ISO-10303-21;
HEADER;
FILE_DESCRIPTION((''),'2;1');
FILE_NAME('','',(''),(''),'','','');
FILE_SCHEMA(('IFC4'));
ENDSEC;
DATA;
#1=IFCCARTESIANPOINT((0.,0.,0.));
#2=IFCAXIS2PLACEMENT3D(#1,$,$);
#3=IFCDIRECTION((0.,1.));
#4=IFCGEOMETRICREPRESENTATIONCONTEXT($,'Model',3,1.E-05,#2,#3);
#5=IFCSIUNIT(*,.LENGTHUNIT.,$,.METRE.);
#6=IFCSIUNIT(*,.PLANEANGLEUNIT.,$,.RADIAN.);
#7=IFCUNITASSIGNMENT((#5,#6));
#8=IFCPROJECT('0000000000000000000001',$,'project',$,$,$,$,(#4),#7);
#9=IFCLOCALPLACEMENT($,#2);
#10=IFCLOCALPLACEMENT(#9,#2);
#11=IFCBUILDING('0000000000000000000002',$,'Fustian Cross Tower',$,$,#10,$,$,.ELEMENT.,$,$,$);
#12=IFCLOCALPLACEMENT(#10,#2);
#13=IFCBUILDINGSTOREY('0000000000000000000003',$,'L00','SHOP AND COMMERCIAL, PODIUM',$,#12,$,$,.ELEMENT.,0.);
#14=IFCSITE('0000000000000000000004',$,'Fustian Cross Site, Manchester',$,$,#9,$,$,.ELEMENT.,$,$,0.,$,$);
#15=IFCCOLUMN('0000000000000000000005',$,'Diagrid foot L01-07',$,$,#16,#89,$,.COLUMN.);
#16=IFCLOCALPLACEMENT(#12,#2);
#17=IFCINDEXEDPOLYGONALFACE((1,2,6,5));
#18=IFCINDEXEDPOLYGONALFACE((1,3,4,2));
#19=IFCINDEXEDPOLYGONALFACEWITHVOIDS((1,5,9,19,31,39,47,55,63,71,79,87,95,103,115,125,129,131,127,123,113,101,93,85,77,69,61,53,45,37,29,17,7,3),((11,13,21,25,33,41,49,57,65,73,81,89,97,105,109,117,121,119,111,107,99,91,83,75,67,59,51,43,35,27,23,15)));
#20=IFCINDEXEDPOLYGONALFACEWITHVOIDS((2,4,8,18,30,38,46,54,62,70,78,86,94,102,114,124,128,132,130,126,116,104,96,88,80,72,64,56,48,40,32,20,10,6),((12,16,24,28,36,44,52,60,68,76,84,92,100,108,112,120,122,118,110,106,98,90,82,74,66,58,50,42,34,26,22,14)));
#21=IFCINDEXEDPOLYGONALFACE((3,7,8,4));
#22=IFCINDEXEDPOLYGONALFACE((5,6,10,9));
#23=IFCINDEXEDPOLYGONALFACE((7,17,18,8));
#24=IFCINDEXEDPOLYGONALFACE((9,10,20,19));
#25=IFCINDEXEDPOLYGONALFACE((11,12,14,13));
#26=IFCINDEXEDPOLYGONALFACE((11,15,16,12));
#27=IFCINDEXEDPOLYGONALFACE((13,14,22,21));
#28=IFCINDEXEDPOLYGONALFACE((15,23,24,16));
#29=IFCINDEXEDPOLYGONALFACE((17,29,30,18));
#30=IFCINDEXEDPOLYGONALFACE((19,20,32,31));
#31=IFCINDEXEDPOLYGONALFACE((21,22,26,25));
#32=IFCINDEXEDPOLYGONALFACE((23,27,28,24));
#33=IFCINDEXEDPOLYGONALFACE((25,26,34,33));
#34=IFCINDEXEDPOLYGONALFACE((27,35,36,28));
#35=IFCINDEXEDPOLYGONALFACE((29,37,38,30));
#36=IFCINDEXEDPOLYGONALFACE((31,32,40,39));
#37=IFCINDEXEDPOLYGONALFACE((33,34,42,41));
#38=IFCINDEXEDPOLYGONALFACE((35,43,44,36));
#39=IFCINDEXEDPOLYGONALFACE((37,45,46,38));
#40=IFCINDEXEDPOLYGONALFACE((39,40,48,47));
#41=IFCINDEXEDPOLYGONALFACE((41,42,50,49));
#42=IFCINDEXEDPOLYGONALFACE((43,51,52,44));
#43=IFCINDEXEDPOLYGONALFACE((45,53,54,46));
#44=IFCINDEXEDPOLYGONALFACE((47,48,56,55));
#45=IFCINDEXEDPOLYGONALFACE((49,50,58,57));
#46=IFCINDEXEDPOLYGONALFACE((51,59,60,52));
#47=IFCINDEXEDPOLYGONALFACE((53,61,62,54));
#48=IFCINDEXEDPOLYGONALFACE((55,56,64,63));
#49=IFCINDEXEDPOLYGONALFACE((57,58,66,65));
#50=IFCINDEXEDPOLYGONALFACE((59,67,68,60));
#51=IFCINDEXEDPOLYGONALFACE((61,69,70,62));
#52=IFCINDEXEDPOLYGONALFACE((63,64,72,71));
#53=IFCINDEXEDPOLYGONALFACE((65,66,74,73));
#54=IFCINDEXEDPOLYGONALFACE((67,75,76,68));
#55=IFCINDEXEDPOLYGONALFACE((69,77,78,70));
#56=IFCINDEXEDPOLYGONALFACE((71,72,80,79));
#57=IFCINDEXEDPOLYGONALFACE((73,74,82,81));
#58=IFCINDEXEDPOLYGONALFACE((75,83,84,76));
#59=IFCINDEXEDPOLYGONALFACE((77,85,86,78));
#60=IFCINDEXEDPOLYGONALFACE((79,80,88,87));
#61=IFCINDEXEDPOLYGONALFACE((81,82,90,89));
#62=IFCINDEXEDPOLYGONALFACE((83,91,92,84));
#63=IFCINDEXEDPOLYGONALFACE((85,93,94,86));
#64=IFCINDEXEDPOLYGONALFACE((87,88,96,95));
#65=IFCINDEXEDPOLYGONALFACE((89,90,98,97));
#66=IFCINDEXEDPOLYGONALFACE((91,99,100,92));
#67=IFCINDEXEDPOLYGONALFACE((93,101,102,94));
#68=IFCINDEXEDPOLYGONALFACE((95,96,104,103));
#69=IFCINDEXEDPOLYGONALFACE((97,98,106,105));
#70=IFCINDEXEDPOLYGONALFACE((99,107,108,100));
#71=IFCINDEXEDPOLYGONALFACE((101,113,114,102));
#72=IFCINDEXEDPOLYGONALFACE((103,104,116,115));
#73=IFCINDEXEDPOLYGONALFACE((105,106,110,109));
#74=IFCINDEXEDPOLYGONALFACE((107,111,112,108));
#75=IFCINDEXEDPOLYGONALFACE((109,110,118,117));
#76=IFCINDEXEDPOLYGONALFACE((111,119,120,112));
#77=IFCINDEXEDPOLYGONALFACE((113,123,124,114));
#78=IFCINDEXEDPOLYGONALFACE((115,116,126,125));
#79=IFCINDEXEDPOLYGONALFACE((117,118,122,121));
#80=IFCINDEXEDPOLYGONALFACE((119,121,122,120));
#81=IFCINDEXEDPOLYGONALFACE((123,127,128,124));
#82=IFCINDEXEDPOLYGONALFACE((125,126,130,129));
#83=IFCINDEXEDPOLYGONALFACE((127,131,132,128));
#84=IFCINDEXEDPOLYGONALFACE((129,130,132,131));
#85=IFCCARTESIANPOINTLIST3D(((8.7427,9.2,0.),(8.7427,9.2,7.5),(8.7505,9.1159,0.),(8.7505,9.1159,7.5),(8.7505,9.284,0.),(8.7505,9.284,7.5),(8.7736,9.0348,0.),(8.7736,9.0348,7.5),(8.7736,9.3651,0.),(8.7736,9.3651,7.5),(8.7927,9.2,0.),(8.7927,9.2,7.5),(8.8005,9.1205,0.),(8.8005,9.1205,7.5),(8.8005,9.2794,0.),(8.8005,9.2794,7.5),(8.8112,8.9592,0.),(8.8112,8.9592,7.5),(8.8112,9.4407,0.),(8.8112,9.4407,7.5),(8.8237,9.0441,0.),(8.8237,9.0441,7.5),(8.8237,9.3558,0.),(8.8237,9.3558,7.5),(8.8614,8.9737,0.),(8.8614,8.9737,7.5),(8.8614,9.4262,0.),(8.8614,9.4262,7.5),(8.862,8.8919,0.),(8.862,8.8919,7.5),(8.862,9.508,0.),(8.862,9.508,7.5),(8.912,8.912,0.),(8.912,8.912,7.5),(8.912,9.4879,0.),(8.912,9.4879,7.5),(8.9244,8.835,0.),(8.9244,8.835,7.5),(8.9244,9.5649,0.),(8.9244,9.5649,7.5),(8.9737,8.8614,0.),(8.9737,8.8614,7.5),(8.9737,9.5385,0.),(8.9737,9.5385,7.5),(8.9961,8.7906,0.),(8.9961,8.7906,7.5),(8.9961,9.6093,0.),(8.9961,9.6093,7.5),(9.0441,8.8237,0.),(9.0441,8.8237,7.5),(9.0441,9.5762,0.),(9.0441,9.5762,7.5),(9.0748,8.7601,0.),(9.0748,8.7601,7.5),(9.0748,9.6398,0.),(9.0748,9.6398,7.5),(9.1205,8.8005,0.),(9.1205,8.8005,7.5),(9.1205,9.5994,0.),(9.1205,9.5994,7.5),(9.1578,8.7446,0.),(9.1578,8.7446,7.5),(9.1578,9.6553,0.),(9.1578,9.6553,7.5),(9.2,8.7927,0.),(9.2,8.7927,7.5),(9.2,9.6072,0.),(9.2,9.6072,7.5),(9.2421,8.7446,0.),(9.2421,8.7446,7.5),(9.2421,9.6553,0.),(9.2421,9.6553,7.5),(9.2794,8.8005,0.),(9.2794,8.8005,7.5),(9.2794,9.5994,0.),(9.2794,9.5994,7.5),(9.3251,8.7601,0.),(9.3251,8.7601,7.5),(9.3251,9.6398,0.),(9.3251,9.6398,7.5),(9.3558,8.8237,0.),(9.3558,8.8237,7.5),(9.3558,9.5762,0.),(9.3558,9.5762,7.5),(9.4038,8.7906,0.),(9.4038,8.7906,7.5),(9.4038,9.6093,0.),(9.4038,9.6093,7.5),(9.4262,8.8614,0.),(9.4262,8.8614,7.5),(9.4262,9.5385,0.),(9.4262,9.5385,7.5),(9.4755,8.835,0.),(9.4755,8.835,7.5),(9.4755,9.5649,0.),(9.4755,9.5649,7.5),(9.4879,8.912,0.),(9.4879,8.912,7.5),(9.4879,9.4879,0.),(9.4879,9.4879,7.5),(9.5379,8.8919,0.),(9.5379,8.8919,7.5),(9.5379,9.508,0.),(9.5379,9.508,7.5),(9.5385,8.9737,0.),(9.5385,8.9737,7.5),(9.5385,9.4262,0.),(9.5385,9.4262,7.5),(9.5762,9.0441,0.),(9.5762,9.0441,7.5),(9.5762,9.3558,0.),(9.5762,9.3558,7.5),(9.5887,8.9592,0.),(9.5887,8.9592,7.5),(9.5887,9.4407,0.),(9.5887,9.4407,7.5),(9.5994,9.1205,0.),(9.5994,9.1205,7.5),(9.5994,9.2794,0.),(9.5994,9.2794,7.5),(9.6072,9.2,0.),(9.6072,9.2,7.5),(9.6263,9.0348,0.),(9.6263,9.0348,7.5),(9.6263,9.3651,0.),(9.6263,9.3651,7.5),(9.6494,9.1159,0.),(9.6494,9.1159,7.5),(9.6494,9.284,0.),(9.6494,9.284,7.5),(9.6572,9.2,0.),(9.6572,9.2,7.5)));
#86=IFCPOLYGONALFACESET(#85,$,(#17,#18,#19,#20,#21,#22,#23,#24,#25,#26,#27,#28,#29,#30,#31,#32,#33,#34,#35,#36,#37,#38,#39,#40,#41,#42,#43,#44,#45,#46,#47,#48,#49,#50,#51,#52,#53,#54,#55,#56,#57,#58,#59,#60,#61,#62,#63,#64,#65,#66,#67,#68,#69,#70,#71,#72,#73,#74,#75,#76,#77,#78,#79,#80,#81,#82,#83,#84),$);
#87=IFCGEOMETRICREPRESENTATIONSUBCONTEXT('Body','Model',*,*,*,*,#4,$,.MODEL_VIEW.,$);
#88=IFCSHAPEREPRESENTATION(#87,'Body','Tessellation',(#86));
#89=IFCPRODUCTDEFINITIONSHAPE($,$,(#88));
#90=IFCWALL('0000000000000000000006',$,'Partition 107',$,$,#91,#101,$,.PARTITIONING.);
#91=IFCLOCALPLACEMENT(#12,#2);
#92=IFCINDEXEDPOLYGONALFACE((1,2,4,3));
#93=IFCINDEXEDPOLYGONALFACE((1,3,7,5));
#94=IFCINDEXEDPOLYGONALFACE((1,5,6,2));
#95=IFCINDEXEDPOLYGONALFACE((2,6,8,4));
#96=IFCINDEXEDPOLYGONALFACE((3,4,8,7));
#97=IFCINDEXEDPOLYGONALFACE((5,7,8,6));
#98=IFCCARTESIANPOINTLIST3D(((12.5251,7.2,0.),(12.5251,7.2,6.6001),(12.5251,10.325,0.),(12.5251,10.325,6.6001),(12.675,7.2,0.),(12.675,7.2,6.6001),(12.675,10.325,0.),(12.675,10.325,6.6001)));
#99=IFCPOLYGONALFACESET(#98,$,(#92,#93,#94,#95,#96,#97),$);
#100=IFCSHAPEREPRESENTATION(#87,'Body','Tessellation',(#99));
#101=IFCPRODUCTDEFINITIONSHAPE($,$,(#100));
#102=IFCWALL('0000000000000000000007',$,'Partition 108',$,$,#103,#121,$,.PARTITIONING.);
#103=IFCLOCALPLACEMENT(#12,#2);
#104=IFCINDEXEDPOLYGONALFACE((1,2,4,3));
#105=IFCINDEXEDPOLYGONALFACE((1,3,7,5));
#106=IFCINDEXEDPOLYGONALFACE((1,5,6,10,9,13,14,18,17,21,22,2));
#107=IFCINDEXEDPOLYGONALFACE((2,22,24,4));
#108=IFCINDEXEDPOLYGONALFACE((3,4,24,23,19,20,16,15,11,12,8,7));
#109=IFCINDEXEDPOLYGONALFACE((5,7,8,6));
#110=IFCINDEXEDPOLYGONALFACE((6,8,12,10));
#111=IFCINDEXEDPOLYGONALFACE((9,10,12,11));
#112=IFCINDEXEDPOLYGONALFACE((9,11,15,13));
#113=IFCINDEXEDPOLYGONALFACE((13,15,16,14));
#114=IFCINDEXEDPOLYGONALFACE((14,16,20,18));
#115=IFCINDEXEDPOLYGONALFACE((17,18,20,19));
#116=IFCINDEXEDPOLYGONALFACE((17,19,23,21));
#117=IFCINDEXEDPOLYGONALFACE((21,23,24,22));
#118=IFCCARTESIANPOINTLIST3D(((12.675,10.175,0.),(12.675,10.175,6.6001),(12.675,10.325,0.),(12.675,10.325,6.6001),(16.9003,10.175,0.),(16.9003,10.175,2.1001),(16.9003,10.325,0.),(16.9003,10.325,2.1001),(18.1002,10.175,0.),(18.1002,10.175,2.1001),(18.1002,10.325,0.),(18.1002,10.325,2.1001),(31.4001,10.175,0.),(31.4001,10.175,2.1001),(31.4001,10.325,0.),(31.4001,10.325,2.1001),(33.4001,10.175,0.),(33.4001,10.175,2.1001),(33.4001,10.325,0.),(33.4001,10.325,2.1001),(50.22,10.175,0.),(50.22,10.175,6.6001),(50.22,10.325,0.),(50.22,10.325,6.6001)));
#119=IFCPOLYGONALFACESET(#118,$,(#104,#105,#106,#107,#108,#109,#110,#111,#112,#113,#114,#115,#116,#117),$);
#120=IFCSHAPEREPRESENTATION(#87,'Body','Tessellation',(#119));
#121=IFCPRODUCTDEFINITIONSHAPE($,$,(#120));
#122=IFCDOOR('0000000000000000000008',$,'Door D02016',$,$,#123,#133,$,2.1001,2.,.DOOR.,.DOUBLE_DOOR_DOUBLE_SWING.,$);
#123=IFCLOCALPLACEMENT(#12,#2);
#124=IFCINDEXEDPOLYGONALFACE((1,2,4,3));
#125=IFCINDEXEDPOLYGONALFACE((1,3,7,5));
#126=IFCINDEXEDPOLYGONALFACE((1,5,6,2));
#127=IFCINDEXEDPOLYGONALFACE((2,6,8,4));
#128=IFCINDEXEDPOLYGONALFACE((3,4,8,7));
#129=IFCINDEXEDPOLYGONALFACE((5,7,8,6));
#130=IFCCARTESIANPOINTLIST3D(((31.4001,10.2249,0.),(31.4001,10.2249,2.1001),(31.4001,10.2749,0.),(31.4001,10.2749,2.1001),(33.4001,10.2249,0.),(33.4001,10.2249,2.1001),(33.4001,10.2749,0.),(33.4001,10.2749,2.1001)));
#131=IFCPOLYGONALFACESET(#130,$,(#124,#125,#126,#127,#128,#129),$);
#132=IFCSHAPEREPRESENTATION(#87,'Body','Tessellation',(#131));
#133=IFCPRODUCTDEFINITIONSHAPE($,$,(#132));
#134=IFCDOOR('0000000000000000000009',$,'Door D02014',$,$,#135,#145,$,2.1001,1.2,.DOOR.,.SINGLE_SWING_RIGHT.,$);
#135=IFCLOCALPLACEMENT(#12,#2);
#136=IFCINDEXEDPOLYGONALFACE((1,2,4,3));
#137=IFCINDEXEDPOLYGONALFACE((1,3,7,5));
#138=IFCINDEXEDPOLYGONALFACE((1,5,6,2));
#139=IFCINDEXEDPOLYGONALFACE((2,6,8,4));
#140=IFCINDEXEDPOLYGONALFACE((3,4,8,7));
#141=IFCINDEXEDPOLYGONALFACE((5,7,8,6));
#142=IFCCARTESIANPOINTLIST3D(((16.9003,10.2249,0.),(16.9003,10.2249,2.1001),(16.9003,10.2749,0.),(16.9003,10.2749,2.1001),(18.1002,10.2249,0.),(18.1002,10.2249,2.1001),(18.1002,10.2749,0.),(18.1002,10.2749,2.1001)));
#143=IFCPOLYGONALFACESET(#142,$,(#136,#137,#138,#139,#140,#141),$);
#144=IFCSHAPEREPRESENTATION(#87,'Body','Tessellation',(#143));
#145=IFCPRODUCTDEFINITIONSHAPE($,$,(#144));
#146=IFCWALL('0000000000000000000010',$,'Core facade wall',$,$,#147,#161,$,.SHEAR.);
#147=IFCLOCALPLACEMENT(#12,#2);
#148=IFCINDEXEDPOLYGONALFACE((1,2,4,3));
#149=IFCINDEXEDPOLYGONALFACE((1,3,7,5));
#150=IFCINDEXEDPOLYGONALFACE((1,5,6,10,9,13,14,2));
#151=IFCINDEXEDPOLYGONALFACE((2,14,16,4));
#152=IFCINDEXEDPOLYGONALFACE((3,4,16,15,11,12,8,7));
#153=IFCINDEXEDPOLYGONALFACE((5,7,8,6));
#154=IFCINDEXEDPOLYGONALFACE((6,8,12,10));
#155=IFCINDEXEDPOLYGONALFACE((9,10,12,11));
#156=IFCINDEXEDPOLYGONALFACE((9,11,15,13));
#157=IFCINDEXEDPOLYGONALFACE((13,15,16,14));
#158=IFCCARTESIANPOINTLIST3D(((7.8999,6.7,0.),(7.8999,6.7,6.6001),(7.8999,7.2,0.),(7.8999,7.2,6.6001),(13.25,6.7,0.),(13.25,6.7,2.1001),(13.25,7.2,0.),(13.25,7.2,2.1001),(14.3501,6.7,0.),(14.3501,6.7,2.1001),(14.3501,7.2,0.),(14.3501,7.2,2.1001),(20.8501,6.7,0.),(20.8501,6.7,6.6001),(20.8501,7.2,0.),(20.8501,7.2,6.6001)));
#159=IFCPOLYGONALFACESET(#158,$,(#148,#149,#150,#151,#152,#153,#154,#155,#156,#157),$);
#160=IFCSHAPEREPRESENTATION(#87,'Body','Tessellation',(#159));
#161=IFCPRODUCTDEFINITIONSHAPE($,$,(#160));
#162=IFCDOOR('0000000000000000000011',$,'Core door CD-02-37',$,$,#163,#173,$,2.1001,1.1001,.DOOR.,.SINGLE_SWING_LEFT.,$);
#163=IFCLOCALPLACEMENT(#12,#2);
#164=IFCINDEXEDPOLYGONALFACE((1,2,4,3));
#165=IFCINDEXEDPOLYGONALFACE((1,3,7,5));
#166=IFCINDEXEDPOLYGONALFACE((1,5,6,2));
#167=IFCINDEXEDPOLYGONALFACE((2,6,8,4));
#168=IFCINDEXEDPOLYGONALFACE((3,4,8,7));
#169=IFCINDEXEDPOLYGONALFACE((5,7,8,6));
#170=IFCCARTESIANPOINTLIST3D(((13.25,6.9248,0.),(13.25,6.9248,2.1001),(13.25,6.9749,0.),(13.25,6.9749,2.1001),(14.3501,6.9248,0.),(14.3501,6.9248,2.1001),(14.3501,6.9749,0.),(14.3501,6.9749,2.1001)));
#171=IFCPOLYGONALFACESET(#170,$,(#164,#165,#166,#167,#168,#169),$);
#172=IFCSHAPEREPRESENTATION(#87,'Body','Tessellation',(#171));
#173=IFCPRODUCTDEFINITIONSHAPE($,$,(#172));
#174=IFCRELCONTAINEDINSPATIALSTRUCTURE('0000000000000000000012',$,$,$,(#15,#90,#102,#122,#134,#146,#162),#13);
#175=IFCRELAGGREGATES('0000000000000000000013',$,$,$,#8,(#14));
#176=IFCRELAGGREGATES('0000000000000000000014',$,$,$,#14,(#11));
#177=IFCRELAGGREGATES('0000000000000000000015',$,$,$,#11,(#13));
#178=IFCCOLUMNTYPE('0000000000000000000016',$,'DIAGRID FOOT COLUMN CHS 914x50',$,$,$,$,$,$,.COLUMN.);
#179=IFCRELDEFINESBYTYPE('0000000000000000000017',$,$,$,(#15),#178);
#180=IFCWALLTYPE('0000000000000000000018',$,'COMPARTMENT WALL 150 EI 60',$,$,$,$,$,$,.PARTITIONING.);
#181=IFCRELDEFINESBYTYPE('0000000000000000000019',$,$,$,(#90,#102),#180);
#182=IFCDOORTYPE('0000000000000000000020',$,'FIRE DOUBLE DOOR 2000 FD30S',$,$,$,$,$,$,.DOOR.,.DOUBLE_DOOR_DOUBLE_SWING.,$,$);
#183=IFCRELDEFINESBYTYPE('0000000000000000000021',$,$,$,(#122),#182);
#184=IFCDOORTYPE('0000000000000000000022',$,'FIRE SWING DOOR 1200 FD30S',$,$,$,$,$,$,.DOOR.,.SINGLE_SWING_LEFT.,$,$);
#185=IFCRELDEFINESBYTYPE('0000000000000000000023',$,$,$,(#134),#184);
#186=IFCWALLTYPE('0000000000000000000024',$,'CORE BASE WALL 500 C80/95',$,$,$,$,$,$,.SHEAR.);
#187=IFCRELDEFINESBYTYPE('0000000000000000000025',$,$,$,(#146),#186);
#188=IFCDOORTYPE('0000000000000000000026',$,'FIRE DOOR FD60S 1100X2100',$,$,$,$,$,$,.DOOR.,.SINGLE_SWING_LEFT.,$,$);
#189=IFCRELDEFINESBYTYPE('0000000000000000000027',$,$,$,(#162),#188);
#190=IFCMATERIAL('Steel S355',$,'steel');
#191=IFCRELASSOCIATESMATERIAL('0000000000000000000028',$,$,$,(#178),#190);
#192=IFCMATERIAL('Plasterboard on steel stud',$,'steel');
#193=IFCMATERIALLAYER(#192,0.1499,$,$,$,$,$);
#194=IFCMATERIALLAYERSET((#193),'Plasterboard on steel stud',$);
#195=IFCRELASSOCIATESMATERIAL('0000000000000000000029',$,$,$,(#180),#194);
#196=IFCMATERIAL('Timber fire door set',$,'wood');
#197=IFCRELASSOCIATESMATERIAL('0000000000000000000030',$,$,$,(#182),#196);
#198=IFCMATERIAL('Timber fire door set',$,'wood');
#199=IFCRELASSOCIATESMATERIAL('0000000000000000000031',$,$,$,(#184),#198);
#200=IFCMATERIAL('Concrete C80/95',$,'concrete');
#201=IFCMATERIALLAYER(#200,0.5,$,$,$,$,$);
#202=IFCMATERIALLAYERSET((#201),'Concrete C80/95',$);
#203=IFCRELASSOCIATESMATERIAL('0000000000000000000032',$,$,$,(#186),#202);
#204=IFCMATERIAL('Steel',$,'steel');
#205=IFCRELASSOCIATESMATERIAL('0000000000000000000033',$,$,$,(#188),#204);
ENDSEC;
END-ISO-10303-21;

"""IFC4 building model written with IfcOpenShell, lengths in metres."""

from ifc_helpers import new_model, si_unit, direction, frame, frame_2d, origin, origin_2d, place, context, subcontext, project, spatial, rectangle, hollow_circle, extrude, material, layer, layer_set, material_profile, profile_set, type_object, element, fill, save


model = new_model("IFC4")

# Units and contexts
model_context = context("Model", 3, precision=1e-05, world=origin(), true_north=direction((0.0, 1.0)))
body_context = subcontext(model_context, "Body", "Model", "MODEL_VIEW")
ifc_project = project(units=[si_unit("LENGTHUNIT", "METRE"), si_unit("PLANEANGLEUNIT", "RADIAN")], contexts=[model_context])

# Site, building, storey
site_placement = place(None, origin())
site = spatial("IfcSite", under=ifc_project, at=site_placement, Name="Fustian Cross Site, Manchester", CompositionType="ELEMENT", RefElevation=0.0)
building_placement = place(site_placement, origin())
building = spatial("IfcBuilding", under=site, at=building_placement, Name="Fustian Cross Tower", CompositionType="ELEMENT")
storey_placement = place(building_placement, origin())
storey = spatial("IfcBuildingStorey", under=building, at=storey_placement, Name="L00", Description="SHOP AND COMMERCIAL, PODIUM", CompositionType="ELEMENT", Elevation=0.0)

# Column
ifc_material_1 = material(Name="Steel S355", Category="steel")
ifc_material_profile = material_profile(ifc_material_1, hollow_circle(Radius=0.4573, WallThickness=0.05, at=origin_2d()), Name="CHS 914x50")
ifc_profile_set = profile_set([ifc_material_profile], Name="Steel S355")
column_type = type_object("IfcColumnType", Name="DIAGRID FOOT COLUMN CHS 914x50", PredefinedType="COLUMN", material=ifc_profile_set)
column_placement = place(storey_placement, frame((9.2, 9.2, 0.0), z_axis=(0.0, 0.0, 1.0), x_axis=(1.0, 0.0, 0.0)))
element("IfcColumn", 1, at=column_placement, inside=storey, type_object=column_type, Name="Diagrid foot L01-07", PredefinedType="COLUMN", context=body_context, shape_type="SweptSolid", body=[
    extrude(hollow_circle(Radius=0.4573, WallThickness=0.05, at=origin_2d()), origin(), (0.0, 0.0, 1.0), 7.5),
])

# Wall
ifc_material_2 = material(Name="Plasterboard on steel stud", Category="steel")
ifc_layer_1 = layer(ifc_material_2, 0.1499)
ifc_layer_set_1 = layer_set([ifc_layer_1], Name="Plasterboard on steel stud")
wall_type_1 = type_object("IfcWallType", Name="COMPARTMENT WALL 150 EI 60", PredefinedType="PARTITIONING", material=ifc_layer_set_1)
wall_1_placement = place(storey_placement, frame((12.6001, 7.2, 0.0), z_axis=(0.0, 0.0, 1.0), x_axis=(0.0, 1.0, 0.0)))
element("IfcWall", 2, at=wall_1_placement, inside=storey, type_object=wall_type_1, Name="Partition 107", PredefinedType="PARTITIONING", context=body_context, shape_type="SweptSolid", body=[
    extrude(rectangle(XDim=3.125, YDim=0.1499, at=frame_2d((1.5625, 0.0))), origin(), (0.0, 0.0, 1.0), 6.6001),
])

# Wall, openings, doors
wall_2_placement = place(storey_placement, frame((12.675, 10.25, 0.0), z_axis=(0.0, 0.0, 1.0), x_axis=(1.0, 0.0, 0.0)))
wall_2 = element("IfcWall", 3, at=wall_2_placement, inside=storey, type_object=wall_type_1, Name="Partition 108", PredefinedType="PARTITIONING", context=body_context, shape_type="SweptSolid", body=[
    extrude(rectangle(XDim=37.5449, YDim=0.1499, at=frame_2d((18.7725, 0.0))), origin(), (0.0, 0.0, 1.0), 6.6001),
])
opening_1_placement = place(wall_2_placement, frame((4.2251, 0.0, 0.0)))
opening_1 = element("IfcOpeningElement", 4, at=opening_1_placement, cuts=wall_2, PredefinedType="OPENING", context=body_context, shape_type="SweptSolid", body=[
    extrude(rectangle(XDim=1.2, YDim=2.1001, at=frame_2d((0.6001, 1.05))), frame((0.0, 0.085, 0.0), z_axis=(0.0, -1.0, 0.0), x_axis=(1.0, 0.0, 0.0)), (0.0, 0.0, 1.0), 0.1699),
])
opening_2_placement = place(wall_2_placement, frame((18.7251, 0.0, 0.0)))
opening_2 = element("IfcOpeningElement", 5, at=opening_2_placement, cuts=wall_2, PredefinedType="OPENING", context=body_context, shape_type="SweptSolid", body=[
    extrude(rectangle(XDim=2.0, YDim=2.1001, at=frame_2d((1.0, 1.05))), frame((0.0, 0.085, 0.0), z_axis=(0.0, -1.0, 0.0), x_axis=(1.0, 0.0, 0.0)), (0.0, 0.0, 1.0), 0.1699),
])
ifc_material_3 = material(Name="Timber fire door set", Category="wood")
door_type_1 = type_object("IfcDoorType", Name="FIRE DOUBLE DOOR 2000 FD30S", OperationType="DOUBLE_DOOR_DOUBLE_SWING", PredefinedType="DOOR", material=ifc_material_3)
door_1_placement = place(opening_2_placement, origin())
door_1 = element("IfcDoor", 6, at=door_1_placement, inside=storey, type_object=door_type_1, Name="Door D02016", OperationType="DOUBLE_DOOR_DOUBLE_SWING", OverallHeight=2.1001, OverallWidth=2.0, PredefinedType="DOOR", context=body_context, shape_type="SweptSolid", body=[
    extrude(rectangle(XDim=2.0, YDim=2.1001, at=frame_2d((1.0, 1.05))), frame((0.0, 0.0249, 0.0), z_axis=(0.0, -1.0, 0.0), x_axis=(1.0, 0.0, 0.0)), (0.0, 0.0, 1.0), 0.05),
])
fill(opening_2, door_1)
ifc_material_4 = material(Name="Timber fire door set", Category="wood")
door_type_2 = type_object("IfcDoorType", Name="FIRE SWING DOOR 1200 FD30S", OperationType="SINGLE_SWING_LEFT", PredefinedType="DOOR", material=ifc_material_4)
door_2_placement = place(opening_1_placement, origin())
door_2 = element("IfcDoor", 7, at=door_2_placement, inside=storey, type_object=door_type_2, Name="Door D02014", OperationType="SINGLE_SWING_RIGHT", OverallHeight=2.1001, OverallWidth=1.2, PredefinedType="DOOR", context=body_context, shape_type="SweptSolid", body=[
    extrude(rectangle(XDim=1.2, YDim=2.1001, at=frame_2d((0.6001, 1.05))), frame((0.0, 0.0249, 0.0), z_axis=(0.0, -1.0, 0.0), x_axis=(1.0, 0.0, 0.0)), (0.0, 0.0, 1.0), 0.05),
])
fill(opening_1, door_2)

# Wall, opening, door
ifc_material_5 = material(Name="Concrete C80/95", Category="concrete")
ifc_layer_2 = layer(ifc_material_5, 0.5)
ifc_layer_set_2 = layer_set([ifc_layer_2], Name="Concrete C80/95")
wall_type_2 = type_object("IfcWallType", Name="CORE BASE WALL 500 C80/95", PredefinedType="SHEAR", material=ifc_layer_set_2)
wall_3_placement = place(storey_placement, frame((7.8999, 6.95, 0.0), z_axis=(0.0, 0.0, 1.0), x_axis=(1.0, 0.0, 0.0)))
wall_3 = element("IfcWall", 8, at=wall_3_placement, inside=storey, type_object=wall_type_2, Name="Core facade wall", PredefinedType="SHEAR", context=body_context, shape_type="SweptSolid", body=[
    extrude(rectangle(XDim=12.9502, YDim=0.5, at=frame_2d((6.4751, 0.0))), origin(), (0.0, 0.0, 1.0), 6.6001),
])
opening_3_placement = place(wall_3_placement, frame((5.3501, 0.0, 0.0)))
opening_3 = element("IfcOpeningElement", 9, at=opening_3_placement, cuts=wall_3, PredefinedType="OPENING", context=body_context, shape_type="SweptSolid", body=[
    extrude(rectangle(XDim=1.1001, YDim=2.1001, at=frame_2d((0.55, 1.05))), frame((0.0, 0.26, 0.0), z_axis=(0.0, -1.0, 0.0), x_axis=(1.0, 0.0, 0.0)), (0.0, 0.0, 1.0), 0.52),
])
ifc_material_6 = material(Name="Steel", Category="steel")
door_type_3 = type_object("IfcDoorType", Name="FIRE DOOR FD60S 1100X2100", OperationType="SINGLE_SWING_LEFT", PredefinedType="DOOR", material=ifc_material_6)
door_3_placement = place(opening_3_placement, origin())
door_3 = element("IfcDoor", 10, at=door_3_placement, inside=storey, type_object=door_type_3, Name="Core door CD-02-37", OperationType="SINGLE_SWING_LEFT", OverallHeight=2.1001, OverallWidth=1.1001, PredefinedType="DOOR", context=body_context, shape_type="SweptSolid", body=[
    extrude(rectangle(XDim=1.1001, YDim=2.1001, at=frame_2d((0.55, 1.05))), frame((0.0, 0.0249, 0.0), z_axis=(0.0, -1.0, 0.0), x_axis=(1.0, 0.0, 0.0)), (0.0, 0.0, 1.0), 0.05),
])
fill(opening_3, door_3)

save(model, "model.ifc")
